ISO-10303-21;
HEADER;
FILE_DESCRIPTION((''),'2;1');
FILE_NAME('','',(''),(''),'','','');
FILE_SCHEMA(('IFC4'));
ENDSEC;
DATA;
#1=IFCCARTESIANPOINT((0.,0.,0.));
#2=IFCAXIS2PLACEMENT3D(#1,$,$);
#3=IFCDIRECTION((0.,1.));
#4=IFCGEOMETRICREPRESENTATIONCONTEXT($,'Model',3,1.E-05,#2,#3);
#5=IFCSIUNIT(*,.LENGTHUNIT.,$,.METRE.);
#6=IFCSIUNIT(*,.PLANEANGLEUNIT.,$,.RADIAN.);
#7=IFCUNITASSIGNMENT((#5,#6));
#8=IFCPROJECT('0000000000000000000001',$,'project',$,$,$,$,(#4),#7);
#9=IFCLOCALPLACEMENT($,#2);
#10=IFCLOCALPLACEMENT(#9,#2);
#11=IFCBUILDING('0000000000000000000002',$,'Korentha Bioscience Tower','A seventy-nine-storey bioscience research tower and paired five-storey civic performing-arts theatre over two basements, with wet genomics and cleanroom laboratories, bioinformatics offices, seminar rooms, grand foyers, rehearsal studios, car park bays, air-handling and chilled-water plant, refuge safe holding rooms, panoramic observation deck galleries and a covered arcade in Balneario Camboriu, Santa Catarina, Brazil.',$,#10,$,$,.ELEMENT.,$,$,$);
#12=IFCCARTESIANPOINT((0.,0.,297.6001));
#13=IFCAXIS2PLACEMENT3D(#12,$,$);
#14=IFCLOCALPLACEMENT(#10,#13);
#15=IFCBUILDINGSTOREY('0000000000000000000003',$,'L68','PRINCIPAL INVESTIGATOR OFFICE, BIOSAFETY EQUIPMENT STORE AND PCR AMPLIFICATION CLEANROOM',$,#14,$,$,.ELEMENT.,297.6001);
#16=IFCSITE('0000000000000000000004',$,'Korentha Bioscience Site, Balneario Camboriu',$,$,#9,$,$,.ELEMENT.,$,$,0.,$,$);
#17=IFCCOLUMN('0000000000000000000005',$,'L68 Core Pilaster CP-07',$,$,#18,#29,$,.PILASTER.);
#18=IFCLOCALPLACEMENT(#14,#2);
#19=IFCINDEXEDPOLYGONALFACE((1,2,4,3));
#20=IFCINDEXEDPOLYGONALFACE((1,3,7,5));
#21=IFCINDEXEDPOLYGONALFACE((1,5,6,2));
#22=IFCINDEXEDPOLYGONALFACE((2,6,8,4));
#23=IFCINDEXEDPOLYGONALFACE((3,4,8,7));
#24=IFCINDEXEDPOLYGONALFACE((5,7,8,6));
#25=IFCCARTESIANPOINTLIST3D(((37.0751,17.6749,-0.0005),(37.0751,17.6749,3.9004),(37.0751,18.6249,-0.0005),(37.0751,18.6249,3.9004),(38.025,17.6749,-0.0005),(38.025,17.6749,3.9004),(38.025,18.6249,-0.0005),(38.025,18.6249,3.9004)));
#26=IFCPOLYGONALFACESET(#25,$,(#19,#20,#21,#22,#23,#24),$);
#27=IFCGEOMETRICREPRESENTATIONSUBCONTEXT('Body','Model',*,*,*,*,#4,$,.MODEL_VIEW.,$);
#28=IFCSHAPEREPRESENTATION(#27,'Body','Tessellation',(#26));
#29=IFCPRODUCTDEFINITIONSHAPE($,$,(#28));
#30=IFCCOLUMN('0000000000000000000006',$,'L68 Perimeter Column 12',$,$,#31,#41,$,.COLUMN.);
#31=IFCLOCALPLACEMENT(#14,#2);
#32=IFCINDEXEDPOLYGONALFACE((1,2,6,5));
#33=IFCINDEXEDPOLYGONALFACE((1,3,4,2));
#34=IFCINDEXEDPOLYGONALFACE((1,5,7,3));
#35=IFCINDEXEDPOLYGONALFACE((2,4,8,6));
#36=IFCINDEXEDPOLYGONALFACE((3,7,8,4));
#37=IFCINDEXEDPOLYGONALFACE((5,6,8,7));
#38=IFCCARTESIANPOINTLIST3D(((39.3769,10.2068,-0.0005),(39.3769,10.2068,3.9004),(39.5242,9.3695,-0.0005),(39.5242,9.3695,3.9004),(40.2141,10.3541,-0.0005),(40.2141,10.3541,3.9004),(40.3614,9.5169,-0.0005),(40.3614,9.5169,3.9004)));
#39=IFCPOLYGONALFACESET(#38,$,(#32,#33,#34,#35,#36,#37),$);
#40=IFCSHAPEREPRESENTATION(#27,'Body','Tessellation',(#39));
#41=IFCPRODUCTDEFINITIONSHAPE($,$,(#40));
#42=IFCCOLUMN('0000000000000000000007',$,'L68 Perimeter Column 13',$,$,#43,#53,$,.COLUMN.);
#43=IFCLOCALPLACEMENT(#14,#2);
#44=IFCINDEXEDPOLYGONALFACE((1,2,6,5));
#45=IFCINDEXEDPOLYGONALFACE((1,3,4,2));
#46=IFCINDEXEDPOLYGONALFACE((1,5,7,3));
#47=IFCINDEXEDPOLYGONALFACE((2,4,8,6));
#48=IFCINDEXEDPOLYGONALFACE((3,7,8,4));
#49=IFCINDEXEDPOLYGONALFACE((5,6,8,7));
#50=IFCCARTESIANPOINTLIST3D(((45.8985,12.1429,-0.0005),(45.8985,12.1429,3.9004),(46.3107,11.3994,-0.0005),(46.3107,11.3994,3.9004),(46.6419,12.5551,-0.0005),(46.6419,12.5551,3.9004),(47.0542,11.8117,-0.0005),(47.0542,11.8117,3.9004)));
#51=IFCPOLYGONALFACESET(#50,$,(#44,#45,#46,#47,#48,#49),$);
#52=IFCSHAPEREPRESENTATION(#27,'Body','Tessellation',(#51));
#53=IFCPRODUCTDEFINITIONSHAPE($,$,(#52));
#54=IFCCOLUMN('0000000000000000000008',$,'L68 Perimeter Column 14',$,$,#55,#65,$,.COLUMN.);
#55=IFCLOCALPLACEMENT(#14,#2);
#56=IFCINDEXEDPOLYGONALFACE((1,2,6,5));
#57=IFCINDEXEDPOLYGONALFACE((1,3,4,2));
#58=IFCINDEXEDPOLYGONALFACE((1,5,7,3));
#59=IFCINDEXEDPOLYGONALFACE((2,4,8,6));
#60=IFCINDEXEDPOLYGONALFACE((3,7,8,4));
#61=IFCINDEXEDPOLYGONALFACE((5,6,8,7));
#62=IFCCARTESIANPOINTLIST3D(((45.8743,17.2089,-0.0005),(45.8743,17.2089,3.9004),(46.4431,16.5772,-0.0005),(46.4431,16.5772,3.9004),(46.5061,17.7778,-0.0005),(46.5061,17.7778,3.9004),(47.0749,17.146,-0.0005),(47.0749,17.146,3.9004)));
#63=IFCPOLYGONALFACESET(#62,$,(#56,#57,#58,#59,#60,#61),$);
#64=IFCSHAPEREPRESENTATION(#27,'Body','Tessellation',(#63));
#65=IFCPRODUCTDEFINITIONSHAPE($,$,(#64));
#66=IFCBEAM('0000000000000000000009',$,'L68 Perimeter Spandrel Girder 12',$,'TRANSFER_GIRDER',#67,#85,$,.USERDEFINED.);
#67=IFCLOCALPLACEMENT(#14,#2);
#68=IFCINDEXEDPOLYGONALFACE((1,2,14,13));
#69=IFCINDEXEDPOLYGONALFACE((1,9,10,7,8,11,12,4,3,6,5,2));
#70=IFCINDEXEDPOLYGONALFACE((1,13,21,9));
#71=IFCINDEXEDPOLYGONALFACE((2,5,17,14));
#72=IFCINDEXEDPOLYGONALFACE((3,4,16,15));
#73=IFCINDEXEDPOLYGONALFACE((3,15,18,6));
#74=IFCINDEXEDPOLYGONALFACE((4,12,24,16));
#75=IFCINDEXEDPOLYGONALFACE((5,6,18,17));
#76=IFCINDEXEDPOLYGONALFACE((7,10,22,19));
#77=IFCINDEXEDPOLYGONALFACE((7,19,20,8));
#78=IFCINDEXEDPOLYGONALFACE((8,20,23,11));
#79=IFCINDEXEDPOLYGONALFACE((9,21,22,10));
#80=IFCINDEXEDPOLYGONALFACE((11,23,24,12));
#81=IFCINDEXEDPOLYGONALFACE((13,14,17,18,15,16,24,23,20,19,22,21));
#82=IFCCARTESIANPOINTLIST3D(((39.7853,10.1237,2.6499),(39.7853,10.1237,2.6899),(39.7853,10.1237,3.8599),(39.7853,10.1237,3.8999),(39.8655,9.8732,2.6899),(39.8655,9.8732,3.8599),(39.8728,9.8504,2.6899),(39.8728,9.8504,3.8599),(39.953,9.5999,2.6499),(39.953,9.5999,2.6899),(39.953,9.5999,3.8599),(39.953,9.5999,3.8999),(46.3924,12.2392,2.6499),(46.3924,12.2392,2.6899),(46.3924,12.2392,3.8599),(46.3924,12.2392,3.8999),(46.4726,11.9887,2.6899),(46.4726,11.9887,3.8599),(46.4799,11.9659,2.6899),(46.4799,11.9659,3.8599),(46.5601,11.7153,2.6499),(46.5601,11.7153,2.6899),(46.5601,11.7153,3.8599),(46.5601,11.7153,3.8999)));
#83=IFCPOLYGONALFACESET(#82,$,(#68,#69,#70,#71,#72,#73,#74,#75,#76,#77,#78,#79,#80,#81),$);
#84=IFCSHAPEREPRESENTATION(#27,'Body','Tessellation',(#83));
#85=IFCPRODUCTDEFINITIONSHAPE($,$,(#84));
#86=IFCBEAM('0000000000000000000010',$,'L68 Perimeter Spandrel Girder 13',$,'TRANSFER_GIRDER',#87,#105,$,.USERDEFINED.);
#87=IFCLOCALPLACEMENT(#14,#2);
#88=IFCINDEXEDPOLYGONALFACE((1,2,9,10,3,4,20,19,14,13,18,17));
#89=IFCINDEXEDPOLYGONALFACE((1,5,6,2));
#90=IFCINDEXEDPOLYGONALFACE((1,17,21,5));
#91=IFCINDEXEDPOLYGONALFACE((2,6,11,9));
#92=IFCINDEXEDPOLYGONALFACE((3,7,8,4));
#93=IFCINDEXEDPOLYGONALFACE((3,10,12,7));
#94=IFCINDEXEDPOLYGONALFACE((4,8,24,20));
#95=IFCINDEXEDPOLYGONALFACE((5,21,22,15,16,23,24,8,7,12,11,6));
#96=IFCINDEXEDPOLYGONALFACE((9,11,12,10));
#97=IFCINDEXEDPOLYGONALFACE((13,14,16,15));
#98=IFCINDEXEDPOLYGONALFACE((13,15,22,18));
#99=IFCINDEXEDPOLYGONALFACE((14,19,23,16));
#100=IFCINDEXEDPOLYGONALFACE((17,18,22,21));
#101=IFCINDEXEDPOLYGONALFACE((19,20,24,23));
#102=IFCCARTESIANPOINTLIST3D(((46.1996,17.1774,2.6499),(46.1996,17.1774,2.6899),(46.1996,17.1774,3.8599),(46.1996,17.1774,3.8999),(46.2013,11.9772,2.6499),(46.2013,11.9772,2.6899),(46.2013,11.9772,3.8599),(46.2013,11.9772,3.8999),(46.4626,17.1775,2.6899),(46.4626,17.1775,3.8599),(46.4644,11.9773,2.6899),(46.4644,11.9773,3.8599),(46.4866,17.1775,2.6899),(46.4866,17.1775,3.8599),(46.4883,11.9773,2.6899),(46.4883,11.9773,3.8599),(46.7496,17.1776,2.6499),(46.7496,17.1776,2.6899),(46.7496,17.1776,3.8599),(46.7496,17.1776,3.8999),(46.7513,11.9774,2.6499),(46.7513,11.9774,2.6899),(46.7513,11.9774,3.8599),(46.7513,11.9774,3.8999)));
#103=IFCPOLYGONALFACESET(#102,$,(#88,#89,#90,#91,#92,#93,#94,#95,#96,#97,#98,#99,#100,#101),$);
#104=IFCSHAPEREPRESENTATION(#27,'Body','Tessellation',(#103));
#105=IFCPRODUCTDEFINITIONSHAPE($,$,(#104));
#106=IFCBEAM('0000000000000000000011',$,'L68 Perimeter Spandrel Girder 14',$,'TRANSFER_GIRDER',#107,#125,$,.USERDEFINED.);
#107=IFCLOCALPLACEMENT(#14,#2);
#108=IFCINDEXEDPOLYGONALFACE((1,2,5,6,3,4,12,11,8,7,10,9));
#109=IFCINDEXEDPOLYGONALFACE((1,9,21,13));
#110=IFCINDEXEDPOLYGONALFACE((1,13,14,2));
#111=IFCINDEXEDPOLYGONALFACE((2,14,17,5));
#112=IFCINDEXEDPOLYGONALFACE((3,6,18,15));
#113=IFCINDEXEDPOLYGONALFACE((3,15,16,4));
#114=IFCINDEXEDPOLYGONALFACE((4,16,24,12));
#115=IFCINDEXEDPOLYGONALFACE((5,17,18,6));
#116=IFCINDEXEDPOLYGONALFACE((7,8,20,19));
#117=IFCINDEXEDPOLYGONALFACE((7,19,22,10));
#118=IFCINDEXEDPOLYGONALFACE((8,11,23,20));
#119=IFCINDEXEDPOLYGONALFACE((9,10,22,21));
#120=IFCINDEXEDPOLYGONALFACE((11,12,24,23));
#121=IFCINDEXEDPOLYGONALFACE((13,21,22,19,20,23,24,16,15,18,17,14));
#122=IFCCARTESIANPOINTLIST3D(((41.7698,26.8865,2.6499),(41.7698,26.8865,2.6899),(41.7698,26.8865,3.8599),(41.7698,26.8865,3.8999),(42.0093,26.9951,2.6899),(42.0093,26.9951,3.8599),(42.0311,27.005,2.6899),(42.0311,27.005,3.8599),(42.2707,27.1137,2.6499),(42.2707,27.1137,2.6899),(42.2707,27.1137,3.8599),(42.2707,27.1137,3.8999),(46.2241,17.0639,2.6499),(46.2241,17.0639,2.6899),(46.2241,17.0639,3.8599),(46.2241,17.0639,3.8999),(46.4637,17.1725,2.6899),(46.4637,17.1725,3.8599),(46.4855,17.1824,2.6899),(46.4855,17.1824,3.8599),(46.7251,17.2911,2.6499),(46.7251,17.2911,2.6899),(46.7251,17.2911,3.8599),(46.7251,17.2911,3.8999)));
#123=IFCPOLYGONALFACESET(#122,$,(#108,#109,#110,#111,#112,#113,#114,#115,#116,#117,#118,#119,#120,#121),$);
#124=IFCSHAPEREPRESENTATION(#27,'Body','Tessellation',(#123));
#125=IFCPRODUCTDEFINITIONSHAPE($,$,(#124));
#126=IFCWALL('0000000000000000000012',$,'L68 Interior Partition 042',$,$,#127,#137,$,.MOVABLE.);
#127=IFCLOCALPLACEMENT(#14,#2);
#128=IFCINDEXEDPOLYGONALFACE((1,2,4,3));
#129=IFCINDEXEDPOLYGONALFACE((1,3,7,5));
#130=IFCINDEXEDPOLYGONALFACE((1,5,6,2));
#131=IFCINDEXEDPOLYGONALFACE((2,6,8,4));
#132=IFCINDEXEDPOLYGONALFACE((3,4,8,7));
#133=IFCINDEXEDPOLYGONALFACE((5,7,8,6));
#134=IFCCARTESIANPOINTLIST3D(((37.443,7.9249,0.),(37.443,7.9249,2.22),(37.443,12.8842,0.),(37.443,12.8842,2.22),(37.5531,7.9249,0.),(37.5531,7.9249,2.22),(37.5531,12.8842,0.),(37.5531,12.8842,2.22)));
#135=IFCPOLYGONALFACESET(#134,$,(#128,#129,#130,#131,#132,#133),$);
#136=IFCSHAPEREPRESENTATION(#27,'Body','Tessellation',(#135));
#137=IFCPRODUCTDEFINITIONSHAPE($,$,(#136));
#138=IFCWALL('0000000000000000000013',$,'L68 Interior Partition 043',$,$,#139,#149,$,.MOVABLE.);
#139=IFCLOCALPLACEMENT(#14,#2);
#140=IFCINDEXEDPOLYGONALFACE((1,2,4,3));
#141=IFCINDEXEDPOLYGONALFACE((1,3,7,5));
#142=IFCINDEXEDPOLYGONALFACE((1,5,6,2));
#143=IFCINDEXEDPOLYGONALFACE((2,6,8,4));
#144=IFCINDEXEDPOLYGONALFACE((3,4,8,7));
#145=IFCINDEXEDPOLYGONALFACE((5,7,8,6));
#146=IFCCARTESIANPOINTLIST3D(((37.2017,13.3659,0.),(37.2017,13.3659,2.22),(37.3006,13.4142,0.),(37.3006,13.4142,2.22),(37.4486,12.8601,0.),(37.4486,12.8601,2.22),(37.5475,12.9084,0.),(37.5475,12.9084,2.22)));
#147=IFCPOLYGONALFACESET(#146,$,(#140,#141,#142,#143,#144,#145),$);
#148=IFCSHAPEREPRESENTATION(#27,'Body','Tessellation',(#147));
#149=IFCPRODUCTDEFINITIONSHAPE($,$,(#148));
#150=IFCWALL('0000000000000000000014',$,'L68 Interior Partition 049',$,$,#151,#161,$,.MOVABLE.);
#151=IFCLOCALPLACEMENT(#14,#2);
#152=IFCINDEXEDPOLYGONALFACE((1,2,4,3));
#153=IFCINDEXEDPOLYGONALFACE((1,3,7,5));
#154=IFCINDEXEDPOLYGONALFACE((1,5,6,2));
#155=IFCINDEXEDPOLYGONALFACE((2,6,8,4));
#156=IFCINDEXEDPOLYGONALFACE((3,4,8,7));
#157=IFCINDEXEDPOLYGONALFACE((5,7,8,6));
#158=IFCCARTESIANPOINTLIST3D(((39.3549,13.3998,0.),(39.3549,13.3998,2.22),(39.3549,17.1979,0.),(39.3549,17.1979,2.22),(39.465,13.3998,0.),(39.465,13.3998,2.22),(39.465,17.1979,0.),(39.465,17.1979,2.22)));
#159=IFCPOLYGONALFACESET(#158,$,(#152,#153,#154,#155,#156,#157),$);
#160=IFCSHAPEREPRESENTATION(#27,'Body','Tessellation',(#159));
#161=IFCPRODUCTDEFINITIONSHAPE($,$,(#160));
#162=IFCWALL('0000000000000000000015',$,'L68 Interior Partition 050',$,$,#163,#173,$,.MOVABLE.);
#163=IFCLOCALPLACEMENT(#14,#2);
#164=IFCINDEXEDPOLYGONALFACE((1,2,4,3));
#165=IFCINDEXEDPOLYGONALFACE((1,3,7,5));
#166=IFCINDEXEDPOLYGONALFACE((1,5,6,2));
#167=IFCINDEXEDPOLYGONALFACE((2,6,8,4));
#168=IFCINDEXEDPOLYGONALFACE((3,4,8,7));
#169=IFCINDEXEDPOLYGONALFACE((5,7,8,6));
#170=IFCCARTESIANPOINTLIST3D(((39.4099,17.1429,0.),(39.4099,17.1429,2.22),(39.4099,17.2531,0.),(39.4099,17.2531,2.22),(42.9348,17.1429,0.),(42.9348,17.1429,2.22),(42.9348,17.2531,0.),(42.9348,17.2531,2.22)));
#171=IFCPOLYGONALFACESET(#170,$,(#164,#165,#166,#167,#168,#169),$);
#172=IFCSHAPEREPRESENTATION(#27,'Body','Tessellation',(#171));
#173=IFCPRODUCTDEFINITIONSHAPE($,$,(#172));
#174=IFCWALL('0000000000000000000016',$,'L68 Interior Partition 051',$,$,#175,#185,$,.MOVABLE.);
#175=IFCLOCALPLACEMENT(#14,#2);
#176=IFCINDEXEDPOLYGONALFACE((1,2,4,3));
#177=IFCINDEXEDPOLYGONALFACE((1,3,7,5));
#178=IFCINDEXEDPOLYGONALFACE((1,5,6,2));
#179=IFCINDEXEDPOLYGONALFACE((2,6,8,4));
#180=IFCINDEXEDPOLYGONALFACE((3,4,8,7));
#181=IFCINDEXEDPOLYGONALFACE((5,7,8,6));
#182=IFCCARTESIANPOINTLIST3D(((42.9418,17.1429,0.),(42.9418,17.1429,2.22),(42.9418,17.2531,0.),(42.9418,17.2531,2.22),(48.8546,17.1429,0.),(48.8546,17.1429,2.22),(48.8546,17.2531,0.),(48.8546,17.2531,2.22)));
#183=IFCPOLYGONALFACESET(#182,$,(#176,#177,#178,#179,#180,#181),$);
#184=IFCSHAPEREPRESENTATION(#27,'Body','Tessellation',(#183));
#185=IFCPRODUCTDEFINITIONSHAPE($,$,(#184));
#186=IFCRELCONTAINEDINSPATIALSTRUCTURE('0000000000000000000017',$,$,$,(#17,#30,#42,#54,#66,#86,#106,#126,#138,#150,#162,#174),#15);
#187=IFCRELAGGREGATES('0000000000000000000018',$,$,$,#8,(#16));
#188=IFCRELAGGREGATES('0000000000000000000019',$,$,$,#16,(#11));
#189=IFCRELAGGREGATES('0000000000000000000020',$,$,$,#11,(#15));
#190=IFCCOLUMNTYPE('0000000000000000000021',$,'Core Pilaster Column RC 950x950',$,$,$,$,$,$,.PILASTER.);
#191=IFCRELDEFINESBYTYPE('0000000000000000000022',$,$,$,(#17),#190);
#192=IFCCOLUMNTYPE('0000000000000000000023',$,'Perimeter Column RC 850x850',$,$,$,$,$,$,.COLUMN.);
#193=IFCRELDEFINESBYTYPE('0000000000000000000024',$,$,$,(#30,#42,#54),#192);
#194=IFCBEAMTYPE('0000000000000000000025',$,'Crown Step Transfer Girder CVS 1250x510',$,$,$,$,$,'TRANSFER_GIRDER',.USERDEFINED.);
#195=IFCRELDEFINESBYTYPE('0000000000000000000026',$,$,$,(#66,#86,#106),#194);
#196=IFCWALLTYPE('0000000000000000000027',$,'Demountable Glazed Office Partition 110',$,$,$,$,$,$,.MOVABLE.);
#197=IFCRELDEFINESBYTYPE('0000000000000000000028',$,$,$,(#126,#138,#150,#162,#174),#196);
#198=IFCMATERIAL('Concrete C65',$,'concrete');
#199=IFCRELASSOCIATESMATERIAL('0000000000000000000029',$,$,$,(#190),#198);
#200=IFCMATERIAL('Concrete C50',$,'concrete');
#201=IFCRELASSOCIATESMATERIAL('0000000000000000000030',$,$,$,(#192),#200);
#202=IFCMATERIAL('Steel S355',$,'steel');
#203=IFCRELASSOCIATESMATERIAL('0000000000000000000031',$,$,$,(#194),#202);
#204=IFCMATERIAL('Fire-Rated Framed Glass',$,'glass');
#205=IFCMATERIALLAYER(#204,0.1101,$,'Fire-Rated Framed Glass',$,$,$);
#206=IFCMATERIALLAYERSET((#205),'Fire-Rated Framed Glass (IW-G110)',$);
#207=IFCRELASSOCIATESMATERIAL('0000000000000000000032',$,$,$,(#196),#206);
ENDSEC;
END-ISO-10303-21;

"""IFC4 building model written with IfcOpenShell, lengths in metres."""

from ifc_helpers import new_model, si_unit, direction, frame, frame_2d, origin, origin_2d, place, context, subcontext, project, spatial, rectangle, i_section, extrude, material, layer, layer_set, material_profile, profile_set, type_object, element, save


model = new_model("IFC4")

# Units and contexts
model_context = context("Model", 3, precision=1e-05, world=origin(), true_north=direction((0.0, 1.0)))
body_context = subcontext(model_context, "Body", "Model", "MODEL_VIEW")
ifc_project = project(units=[si_unit("LENGTHUNIT", "METRE"), si_unit("PLANEANGLEUNIT", "RADIAN")], contexts=[model_context])

# Site, building, storey
site_placement = place(None, origin())
site = spatial("IfcSite", under=ifc_project, at=site_placement, Name="Korentha Bioscience Site, Balneario Camboriu", CompositionType="ELEMENT", RefElevation=0.0)
building_placement = place(site_placement, origin())
building = spatial("IfcBuilding", under=site, at=building_placement, Name="Korentha Bioscience Tower", Description="A seventy-nine-storey bioscience research tower and paired five-storey civic performing-arts theatre over two basements, with wet genomics and cleanroom laboratories, bioinformatics offices, seminar rooms, grand foyers, rehearsal studios, car park bays, air-handling and chilled-water plant, refuge safe holding rooms, panoramic observation deck galleries and a covered arcade in Balneario Camboriu, Santa Catarina, Brazil.", CompositionType="ELEMENT")
storey_placement = place(building_placement, frame((0.0, 0.0, 297.6001)))
storey = spatial("IfcBuildingStorey", under=building, at=storey_placement, Name="L68", Description="PRINCIPAL INVESTIGATOR OFFICE, BIOSAFETY EQUIPMENT STORE AND PCR AMPLIFICATION CLEANROOM", CompositionType="ELEMENT", Elevation=297.6001)

# Columns
ifc_material_1 = material(Name="Concrete C65", Category="concrete")
ifc_material_profile_1 = material_profile(ifc_material_1, rectangle(XDim=0.95, YDim=0.95, at=origin_2d()), Name="Concrete C65")
ifc_profile_set_1 = profile_set([ifc_material_profile_1], Name="Concrete C65 (COL-CP09)")
column_type_1 = type_object("IfcColumnType", Name="Core Pilaster Column RC 950x950", PredefinedType="PILASTER", material=ifc_profile_set_1)
column_placement = place(storey_placement, frame((37.55, 18.1499, -0.0005), z_axis=(0.0, 0.0, 1.0), x_axis=(1.0, 0.0, 0.0)))
element("IfcColumn", 1, at=column_placement, inside=storey, type_object=column_type_1, Name="L68 Core Pilaster CP-07", PredefinedType="PILASTER", context=body_context, shape_type="SweptSolid", body=[
    extrude(rectangle(XDim=0.95, YDim=0.95, at=origin_2d()), origin(), (0.0, 0.0, 1.0), 3.9009),
])
ifc_material_2 = material(Name="Concrete C50", Category="concrete")
ifc_material_profile_2 = material_profile(ifc_material_2, rectangle(XDim=0.8501, YDim=0.8501, at=origin_2d()), Name="Concrete C50")
ifc_profile_set_2 = profile_set([ifc_material_profile_2], Name="Concrete C50 (COL-P08)")
column_type_2 = type_object("IfcColumnType", Name="Perimeter Column RC 850x850", PredefinedType="COLUMN", material=ifc_profile_set_2)
for number, where, z_axis, x_axis, name in (
    (2, (39.8691, 9.8618, -0.0005), (0.0, 0.0, 1.0), (0.984868, 0.173304, 0.0), "L68 Perimeter Column 12"),
    (3, (46.4763, 11.9773, -0.0005), (0.0, 0.0, 1.0), (0.874535, 0.484962, 0.0), "L68 Perimeter Column 13"),
    (4, (46.4746, 17.1775, -0.0005), (0.0, 0.0, 1.0), (-0.669131, 0.743145, 0.0), "L68 Perimeter Column 14"),
):
    element("IfcColumn", number, at=place(storey_placement, frame(where, z_axis=z_axis, x_axis=x_axis)), inside=storey, type_object=column_type_2, Name=name, PredefinedType="COLUMN", context=body_context, shape_type="SweptSolid", body=[
        extrude(rectangle(XDim=0.8501, YDim=0.8501, at=origin_2d()), origin(), (0.0, 0.0, 1.0), 3.9009),
    ])

# Beams
ifc_material_3 = material(Name="Steel S355", Category="steel")
ifc_material_profile_3 = material_profile(ifc_material_3, i_section(OverallWidth=0.55, OverallDepth=1.25, WebThickness=0.0239, FlangeThickness=0.04, at=origin_2d()), Name="Steel S355")
ifc_profile_set_3 = profile_set([ifc_material_profile_3], Name="Steel S355 (TG-03)")
beam_type = type_object("IfcBeamType", Name="Crown Step Transfer Girder CVS 1250x510", ElementType="TRANSFER_GIRDER", PredefinedType="USERDEFINED", material=ifc_profile_set_3)
beam_1_placement = place(storey_placement, frame((39.8691, 9.8618, 3.2749), z_axis=(0.952375, 0.30493, 0.0), x_axis=(-0.30493, 0.952375, 0.0)))
element("IfcBeam", 5, at=beam_1_placement, inside=storey, type_object=beam_type, Name="L68 Perimeter Spandrel Girder 12", ObjectType="TRANSFER_GIRDER", PredefinedType="USERDEFINED", context=body_context, shape_type="SweptSolid", body=[
    extrude(i_section(OverallWidth=0.55, OverallDepth=1.25, WebThickness=0.0239, FlangeThickness=0.04, at=origin_2d()), origin(), (0.0, 0.0, 1.0), 6.9375),
])
beam_2_placement = place(storey_placement, frame((46.4763, 11.9773, 3.2749), z_axis=(-0.000329, 1.0, 0.0), x_axis=(-1.0, -0.000329, 0.0)))
element("IfcBeam", 6, at=beam_2_placement, inside=storey, type_object=beam_type, Name="L68 Perimeter Spandrel Girder 13", ObjectType="TRANSFER_GIRDER", PredefinedType="USERDEFINED", context=body_context, shape_type="SweptSolid", body=[
    extrude(i_section(OverallWidth=0.55, OverallDepth=1.25, WebThickness=0.0239, FlangeThickness=0.04, at=origin_2d()), origin(), (0.0, 0.0, 1.0), 5.2002),
])
beam_3_placement = place(storey_placement, frame((46.4746, 17.1775, 3.2749), z_axis=(-0.413001, 0.91073, 0.0), x_axis=(-0.91073, -0.413001, 0.0)))
element("IfcBeam", 7, at=beam_3_placement, inside=storey, type_object=beam_type, Name="L68 Perimeter Spandrel Girder 14", ObjectType="TRANSFER_GIRDER", PredefinedType="USERDEFINED", context=body_context, shape_type="SweptSolid", body=[
    extrude(i_section(OverallWidth=0.55, OverallDepth=1.25, WebThickness=0.0239, FlangeThickness=0.04, at=origin_2d()), origin(), (0.0, 0.0, 1.0), 10.7854),
])

# Shared definitions
ifc_material_4 = material(Name="Fire-Rated Framed Glass", Category="glass")
ifc_layer_1 = layer(ifc_material_4, 0.1101, Name="Fire-Rated Framed Glass")
ifc_layer_set_1 = layer_set([ifc_layer_1], Name="Fire-Rated Framed Glass (IW-G110)")
wall_type_1 = type_object("IfcWallType", Name="Demountable Glazed Office Partition 110", PredefinedType="MOVABLE", material=ifc_layer_set_1)

# Walls
wall_1_placement = place(storey_placement, frame((37.498, 12.884, 0.0), z_axis=(0.0, 0.0, 1.0), x_axis=(0.0, -1.0, 0.0)))
element("IfcWall", 8, at=wall_1_placement, inside=storey, type_object=wall_type_1, Name="L68 Interior Partition 042", PredefinedType="MOVABLE", context=body_context, shape_type="SweptSolid", body=[
    extrude(rectangle(XDim=4.9592, YDim=0.1101, at=frame_2d((2.4795, 0.0))), origin(), (0.0, 0.0, 1.0), 2.22),
])
wall_2_placement = place(storey_placement, frame((37.2512, 13.3899, 0.0), z_axis=(0.0, 0.0, 1.0), x_axis=(0.438689, -0.898639, 0.0)))
element("IfcWall", 9, at=wall_2_placement, inside=storey, type_object=wall_type_1, Name="L68 Interior Partition 043", PredefinedType="MOVABLE", context=body_context, shape_type="SweptSolid", body=[
    extrude(rectangle(XDim=0.5627, YDim=0.1101, at=frame_2d((0.2812, 0.0))), origin(), (0.0, 0.0, 1.0), 2.22),
])
wall_3_placement = place(storey_placement, frame((39.4099, 13.3999, 0.0), z_axis=(0.0, 0.0, 1.0), x_axis=(0.0, 1.0, 0.0)))
element("IfcWall", 10, at=wall_3_placement, inside=storey, type_object=wall_type_1, Name="L68 Interior Partition 049", PredefinedType="MOVABLE", context=body_context, shape_type="SweptSolid", body=[
    extrude(rectangle(XDim=3.7981, YDim=0.1101, at=frame_2d((1.8989, 0.0))), origin(), (0.0, 0.0, 1.0), 2.22),
])
wall_4_placement = place(storey_placement, frame((39.4099, 17.198, 0.0), z_axis=(0.0, 0.0, 1.0), x_axis=(1.0, 0.0, 0.0)))
element("IfcWall", 11, at=wall_4_placement, inside=storey, type_object=wall_type_1, Name="L68 Interior Partition 050", PredefinedType="MOVABLE", context=body_context, shape_type="SweptSolid", body=[
    extrude(rectangle(XDim=3.5249, YDim=0.1101, at=frame_2d((1.7625, 0.0))), origin(), (0.0, 0.0, 1.0), 2.22),
])
wall_5_placement = place(storey_placement, frame((42.9417, 17.198, 0.0), z_axis=(0.0, 0.0, 1.0), x_axis=(1.0, 0.0, 0.0)))
element("IfcWall", 12, at=wall_5_placement, inside=storey, type_object=wall_type_1, Name="L68 Interior Partition 051", PredefinedType="MOVABLE", context=body_context, shape_type="SweptSolid", body=[
    extrude(rectangle(XDim=5.9128, YDim=0.1101, at=frame_2d((2.9565, 0.0))), origin(), (0.0, 0.0, 1.0), 2.22),
])

save(model, "model.ifc")
